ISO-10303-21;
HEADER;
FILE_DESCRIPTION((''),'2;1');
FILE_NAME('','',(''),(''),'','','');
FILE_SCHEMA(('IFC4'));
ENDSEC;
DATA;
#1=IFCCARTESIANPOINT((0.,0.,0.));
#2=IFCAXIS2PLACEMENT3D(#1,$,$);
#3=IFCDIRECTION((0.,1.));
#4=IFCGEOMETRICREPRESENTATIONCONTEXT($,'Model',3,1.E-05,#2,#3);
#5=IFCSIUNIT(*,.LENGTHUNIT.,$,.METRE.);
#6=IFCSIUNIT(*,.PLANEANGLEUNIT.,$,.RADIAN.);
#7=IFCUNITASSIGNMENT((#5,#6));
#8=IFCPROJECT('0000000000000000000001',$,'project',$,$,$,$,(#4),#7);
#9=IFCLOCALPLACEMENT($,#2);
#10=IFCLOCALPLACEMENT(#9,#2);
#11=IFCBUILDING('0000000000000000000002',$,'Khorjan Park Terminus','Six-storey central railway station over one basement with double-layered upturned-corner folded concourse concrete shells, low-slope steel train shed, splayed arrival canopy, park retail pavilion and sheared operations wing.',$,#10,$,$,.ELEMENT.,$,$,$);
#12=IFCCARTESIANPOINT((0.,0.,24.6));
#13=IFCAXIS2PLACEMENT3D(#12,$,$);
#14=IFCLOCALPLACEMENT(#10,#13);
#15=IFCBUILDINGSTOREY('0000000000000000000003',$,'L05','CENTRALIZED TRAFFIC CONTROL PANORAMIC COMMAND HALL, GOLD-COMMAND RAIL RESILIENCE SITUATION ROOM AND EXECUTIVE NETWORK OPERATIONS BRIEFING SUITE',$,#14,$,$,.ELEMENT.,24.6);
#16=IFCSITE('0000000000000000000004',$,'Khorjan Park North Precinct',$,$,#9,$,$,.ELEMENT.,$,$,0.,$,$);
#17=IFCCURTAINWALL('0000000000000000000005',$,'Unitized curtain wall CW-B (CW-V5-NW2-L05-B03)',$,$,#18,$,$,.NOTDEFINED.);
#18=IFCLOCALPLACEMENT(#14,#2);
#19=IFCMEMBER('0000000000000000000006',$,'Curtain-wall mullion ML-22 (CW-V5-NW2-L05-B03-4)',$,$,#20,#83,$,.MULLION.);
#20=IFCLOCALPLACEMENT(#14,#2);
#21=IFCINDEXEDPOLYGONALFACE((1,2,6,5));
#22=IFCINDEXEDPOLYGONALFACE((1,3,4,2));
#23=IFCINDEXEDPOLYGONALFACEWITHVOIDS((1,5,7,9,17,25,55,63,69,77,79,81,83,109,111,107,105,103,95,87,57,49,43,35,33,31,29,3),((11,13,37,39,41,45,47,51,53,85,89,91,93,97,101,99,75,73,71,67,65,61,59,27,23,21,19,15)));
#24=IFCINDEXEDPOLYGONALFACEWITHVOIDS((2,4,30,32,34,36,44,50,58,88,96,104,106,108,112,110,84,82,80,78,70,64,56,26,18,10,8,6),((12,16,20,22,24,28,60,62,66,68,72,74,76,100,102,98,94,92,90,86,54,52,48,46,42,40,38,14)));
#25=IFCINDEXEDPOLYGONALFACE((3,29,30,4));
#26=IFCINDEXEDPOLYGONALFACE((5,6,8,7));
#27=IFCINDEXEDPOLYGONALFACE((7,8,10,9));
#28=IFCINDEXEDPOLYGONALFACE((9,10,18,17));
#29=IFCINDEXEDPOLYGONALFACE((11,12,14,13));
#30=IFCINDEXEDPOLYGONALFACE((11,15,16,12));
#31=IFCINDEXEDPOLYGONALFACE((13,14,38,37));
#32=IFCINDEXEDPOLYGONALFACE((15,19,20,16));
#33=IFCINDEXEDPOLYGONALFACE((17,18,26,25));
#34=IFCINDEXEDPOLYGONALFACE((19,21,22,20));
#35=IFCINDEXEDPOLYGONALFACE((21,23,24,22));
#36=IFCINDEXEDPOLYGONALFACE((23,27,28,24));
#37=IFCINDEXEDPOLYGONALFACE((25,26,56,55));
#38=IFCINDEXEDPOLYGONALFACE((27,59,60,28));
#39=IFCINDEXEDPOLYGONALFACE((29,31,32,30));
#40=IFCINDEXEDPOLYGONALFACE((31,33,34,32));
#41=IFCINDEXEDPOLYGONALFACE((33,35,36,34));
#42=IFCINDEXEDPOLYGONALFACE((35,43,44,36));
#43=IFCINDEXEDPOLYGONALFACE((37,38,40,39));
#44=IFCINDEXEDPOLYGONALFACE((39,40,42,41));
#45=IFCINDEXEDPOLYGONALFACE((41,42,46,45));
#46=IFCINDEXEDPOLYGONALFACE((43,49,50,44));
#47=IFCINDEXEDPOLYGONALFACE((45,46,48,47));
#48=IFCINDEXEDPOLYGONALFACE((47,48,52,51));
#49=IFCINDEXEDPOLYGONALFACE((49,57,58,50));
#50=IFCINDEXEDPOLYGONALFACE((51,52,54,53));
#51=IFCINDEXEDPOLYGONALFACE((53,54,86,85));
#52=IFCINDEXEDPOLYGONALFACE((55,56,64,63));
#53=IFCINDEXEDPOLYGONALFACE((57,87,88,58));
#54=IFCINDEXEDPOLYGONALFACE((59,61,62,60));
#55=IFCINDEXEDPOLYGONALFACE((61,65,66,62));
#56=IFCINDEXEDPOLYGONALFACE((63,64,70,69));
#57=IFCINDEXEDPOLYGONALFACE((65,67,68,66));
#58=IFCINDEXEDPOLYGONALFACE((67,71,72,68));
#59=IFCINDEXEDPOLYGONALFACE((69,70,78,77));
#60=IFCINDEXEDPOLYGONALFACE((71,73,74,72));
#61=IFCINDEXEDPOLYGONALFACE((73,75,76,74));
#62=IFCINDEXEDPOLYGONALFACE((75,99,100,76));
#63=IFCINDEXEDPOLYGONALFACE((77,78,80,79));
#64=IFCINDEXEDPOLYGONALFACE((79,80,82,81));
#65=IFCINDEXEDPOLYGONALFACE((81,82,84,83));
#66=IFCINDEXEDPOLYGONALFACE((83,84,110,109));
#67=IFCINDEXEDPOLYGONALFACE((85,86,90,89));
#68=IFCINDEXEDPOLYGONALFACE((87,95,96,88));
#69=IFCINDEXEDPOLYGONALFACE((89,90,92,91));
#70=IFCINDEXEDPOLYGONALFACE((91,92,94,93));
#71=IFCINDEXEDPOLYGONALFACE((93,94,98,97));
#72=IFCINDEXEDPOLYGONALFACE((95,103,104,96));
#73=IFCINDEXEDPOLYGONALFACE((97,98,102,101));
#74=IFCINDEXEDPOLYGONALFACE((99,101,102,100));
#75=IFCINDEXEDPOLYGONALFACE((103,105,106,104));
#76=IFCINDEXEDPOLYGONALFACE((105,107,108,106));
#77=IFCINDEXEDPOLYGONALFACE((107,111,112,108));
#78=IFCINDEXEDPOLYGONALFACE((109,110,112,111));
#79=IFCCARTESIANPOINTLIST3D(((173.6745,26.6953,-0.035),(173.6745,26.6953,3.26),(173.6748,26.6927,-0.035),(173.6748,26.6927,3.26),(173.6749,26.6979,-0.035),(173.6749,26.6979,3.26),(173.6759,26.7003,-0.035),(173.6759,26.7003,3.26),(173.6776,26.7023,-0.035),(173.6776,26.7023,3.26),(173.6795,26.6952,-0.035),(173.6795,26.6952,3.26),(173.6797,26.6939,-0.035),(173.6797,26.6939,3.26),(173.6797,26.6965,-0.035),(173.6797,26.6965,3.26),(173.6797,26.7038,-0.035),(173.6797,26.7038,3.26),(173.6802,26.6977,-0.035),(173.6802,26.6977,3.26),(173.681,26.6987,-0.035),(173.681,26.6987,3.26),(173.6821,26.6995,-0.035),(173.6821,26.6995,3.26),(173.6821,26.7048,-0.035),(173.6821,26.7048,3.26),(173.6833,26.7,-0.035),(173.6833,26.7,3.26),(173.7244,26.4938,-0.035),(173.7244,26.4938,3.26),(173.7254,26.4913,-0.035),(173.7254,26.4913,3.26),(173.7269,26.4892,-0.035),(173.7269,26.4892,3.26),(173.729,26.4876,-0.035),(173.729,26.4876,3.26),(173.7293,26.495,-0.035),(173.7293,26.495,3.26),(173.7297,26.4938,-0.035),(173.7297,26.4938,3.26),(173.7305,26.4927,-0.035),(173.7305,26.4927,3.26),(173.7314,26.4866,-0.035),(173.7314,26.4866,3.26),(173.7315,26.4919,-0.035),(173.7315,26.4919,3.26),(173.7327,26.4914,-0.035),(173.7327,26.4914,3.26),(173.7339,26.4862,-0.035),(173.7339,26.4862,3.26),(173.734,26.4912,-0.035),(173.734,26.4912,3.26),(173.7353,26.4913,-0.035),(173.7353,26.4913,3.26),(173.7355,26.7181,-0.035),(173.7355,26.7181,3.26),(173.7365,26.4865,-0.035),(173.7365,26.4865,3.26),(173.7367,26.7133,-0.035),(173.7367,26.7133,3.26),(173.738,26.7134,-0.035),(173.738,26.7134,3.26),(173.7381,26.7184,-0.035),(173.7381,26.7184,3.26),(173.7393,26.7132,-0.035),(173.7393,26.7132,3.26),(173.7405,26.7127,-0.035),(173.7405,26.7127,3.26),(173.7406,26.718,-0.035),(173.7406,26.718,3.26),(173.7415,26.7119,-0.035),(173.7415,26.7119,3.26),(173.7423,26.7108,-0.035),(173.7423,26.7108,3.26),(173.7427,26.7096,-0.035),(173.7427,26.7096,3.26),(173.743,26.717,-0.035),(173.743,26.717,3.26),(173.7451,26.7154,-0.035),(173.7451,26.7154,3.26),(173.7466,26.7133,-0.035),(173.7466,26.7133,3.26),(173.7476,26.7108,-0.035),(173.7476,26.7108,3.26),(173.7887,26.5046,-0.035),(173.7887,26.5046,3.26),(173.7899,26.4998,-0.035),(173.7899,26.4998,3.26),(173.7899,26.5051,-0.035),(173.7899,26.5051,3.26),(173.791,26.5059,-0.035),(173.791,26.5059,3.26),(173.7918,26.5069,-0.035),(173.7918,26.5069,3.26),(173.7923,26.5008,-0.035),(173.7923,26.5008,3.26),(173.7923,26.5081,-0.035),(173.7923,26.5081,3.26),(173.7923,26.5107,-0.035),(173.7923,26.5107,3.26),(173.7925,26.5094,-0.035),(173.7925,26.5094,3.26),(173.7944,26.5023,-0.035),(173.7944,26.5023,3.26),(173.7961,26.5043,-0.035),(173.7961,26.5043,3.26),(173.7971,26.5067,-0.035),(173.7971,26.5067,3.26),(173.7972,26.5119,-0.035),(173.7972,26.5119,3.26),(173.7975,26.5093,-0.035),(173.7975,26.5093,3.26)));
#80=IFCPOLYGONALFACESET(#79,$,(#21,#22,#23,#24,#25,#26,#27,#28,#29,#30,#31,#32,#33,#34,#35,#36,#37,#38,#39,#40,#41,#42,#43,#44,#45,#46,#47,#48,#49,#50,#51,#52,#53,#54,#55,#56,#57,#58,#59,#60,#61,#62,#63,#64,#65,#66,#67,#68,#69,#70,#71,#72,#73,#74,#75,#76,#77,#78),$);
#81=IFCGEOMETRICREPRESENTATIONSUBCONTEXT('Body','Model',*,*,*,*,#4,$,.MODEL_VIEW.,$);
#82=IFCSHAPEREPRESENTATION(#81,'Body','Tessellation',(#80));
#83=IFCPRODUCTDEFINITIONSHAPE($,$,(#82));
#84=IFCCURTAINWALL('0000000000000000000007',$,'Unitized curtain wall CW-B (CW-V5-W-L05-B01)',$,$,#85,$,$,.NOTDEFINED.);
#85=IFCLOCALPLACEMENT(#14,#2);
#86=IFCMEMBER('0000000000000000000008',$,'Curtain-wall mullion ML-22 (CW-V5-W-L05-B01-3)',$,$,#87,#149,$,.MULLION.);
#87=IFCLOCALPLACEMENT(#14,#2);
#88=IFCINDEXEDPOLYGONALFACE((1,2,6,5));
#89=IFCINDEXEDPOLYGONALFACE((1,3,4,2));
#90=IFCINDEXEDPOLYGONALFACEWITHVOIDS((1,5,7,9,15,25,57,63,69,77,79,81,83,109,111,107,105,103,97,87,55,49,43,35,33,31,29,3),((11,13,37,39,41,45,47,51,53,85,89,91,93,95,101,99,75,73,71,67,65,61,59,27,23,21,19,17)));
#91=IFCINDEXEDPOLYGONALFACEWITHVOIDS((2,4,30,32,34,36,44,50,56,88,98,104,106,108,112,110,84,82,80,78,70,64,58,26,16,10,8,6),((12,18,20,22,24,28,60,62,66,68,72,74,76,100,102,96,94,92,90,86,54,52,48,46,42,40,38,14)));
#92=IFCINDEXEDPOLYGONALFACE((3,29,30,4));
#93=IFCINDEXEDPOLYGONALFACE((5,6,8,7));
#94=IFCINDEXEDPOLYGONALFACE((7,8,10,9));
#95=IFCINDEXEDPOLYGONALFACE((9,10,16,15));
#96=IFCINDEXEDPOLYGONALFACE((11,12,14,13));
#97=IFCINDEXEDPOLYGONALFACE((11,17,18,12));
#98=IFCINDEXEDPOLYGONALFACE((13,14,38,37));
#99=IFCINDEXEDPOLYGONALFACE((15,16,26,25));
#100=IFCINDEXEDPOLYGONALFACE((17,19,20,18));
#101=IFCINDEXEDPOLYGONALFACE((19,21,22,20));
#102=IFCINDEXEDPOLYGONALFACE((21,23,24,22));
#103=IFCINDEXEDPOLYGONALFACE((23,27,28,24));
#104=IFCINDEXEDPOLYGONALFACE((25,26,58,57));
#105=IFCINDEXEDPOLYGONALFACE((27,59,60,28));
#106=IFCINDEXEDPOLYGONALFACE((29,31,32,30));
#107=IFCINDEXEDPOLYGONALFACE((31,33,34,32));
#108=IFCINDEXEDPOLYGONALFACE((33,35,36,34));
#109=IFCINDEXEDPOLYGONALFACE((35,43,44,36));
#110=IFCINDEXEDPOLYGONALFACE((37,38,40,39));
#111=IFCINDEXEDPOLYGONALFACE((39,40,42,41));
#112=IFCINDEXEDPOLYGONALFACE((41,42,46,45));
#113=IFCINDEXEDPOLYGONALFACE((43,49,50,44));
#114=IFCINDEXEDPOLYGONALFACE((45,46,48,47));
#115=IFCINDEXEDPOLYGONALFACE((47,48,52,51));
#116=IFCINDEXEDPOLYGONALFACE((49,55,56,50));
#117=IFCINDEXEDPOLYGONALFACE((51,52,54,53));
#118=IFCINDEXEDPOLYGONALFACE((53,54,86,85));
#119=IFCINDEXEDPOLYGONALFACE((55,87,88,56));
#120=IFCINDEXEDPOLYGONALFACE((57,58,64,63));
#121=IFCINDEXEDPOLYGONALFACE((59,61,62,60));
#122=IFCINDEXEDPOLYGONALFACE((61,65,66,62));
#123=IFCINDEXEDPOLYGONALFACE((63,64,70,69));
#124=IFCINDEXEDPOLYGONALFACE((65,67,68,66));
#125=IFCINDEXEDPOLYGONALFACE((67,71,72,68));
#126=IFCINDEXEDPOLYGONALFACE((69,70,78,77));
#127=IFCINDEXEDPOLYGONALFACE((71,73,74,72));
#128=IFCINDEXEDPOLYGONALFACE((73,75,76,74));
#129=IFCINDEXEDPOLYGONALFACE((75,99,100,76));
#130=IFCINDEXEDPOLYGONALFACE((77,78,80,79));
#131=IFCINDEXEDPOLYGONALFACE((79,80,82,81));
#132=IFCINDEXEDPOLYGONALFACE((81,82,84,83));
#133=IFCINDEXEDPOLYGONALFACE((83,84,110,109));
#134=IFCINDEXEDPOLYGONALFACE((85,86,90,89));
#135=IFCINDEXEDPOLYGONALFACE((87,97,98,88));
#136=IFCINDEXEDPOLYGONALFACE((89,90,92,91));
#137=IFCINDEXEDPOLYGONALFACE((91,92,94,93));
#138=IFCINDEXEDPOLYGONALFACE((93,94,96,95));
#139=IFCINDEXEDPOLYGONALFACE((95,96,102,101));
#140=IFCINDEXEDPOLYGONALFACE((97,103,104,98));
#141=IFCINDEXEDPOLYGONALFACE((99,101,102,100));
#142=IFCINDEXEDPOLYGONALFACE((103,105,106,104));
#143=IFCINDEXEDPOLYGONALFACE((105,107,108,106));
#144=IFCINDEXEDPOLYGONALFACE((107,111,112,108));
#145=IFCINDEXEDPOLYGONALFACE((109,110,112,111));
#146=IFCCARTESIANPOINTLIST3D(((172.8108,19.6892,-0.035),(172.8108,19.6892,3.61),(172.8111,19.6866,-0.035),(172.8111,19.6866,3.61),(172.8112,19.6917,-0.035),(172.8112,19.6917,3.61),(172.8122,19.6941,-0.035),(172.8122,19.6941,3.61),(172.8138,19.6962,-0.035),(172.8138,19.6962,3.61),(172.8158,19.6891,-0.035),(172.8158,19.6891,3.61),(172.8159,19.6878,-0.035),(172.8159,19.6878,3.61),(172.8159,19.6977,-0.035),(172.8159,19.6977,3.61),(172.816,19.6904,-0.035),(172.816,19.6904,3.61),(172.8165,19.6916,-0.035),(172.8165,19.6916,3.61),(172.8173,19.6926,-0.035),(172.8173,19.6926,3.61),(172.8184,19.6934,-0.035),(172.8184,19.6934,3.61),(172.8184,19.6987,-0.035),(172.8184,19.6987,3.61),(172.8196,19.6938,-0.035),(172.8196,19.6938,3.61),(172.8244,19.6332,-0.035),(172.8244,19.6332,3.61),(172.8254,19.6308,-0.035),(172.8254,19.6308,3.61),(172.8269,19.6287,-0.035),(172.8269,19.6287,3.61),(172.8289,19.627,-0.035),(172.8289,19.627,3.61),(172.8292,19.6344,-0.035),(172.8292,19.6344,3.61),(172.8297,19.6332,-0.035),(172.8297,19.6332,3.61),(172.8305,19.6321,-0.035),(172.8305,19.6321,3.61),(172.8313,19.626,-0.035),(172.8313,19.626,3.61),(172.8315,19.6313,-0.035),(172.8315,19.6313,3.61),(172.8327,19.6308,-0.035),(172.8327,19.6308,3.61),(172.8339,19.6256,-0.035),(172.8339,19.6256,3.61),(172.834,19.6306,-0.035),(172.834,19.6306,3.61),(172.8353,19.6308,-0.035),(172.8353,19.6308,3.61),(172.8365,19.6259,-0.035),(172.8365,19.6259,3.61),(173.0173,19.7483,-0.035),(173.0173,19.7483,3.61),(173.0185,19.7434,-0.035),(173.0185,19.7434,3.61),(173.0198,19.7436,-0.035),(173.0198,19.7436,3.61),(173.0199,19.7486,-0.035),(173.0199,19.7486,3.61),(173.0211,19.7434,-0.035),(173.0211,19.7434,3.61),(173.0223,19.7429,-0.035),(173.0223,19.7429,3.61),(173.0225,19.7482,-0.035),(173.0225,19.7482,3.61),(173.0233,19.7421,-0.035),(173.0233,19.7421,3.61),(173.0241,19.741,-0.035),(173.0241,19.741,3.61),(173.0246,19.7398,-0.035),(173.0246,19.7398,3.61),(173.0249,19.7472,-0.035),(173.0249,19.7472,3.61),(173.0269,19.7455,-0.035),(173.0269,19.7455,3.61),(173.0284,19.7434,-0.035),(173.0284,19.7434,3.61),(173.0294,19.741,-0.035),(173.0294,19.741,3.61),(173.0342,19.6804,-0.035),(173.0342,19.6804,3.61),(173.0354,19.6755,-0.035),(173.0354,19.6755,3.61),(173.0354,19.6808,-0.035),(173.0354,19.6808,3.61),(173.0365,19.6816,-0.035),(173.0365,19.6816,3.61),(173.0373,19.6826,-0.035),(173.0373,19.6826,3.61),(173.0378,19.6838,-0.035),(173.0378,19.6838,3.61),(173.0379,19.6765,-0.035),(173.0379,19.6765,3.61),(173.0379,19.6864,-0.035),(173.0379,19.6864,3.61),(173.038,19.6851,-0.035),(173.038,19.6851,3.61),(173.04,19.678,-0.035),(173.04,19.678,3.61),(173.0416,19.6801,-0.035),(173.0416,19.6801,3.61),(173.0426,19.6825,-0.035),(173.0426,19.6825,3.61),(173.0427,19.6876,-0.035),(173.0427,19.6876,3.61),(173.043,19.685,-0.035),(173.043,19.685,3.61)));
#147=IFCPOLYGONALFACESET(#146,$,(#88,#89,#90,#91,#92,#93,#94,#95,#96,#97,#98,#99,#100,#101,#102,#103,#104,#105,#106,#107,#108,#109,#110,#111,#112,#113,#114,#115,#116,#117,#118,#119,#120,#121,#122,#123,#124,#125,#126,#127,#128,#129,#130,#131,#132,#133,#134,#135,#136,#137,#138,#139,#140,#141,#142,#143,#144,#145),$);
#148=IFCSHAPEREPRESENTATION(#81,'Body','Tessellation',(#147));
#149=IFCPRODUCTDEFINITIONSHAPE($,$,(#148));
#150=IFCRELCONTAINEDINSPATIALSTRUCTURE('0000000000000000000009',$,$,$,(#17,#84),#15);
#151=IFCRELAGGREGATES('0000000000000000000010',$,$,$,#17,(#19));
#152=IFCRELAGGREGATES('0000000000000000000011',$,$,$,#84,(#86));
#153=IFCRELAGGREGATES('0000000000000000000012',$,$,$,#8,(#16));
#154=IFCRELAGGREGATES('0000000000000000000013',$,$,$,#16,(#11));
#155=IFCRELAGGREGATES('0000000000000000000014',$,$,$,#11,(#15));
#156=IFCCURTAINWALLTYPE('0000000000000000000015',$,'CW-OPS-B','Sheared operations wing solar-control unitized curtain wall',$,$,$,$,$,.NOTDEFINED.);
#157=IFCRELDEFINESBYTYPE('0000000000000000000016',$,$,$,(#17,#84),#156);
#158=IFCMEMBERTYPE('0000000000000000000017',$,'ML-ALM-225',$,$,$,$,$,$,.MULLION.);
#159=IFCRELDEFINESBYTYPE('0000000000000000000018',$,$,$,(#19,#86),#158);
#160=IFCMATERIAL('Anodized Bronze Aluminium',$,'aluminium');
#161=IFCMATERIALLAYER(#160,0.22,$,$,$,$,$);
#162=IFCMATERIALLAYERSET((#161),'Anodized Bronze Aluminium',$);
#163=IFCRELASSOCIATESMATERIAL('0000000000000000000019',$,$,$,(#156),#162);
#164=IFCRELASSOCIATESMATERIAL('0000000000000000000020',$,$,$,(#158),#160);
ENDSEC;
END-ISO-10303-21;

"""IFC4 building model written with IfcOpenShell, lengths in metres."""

from ifc_helpers import new_model, si_unit, direction, frame, origin, origin_2d, place, context, subcontext, project, spatial, hollow_rectangle, extrude, material, layer, layer_set, material_profile, profile_set, type_object, element, aggregate, save


model = new_model("IFC4")

# Units and contexts
model_context = context("Model", 3, precision=1e-05, world=origin(), true_north=direction((0.0, 1.0)))
body_context = subcontext(model_context, "Body", "Model", "MODEL_VIEW")
ifc_project = project(units=[si_unit("LENGTHUNIT", "METRE"), si_unit("PLANEANGLEUNIT", "RADIAN")], contexts=[model_context])

# Site, building, storey
site_placement = place(None, origin())
site = spatial("IfcSite", under=ifc_project, at=site_placement, Name="Khorjan Park North Precinct", CompositionType="ELEMENT", RefElevation=0.0)
building_placement = place(site_placement, origin())
building = spatial("IfcBuilding", under=site, at=building_placement, Name="Khorjan Park Terminus", Description="Six-storey central railway station over one basement with double-layered upturned-corner folded concourse concrete shells, low-slope steel train shed, splayed arrival canopy, park retail pavilion and sheared operations wing.", CompositionType="ELEMENT")
storey_placement = place(building_placement, frame((0.0, 0.0, 24.6)))
storey = spatial("IfcBuildingStorey", under=building, at=storey_placement, Name="L05", Description="CENTRALIZED TRAFFIC CONTROL PANORAMIC COMMAND HALL, GOLD-COMMAND RAIL RESILIENCE SITUATION ROOM AND EXECUTIVE NETWORK OPERATIONS BRIEFING SUITE", CompositionType="ELEMENT", Elevation=24.6)

# Curtain wall, member
ifc_material_1 = material(Name="Anodized Bronze Aluminium", Category="aluminium")
ifc_layer_1 = layer(ifc_material_1, 0.22)
ifc_layer_set_1 = layer_set([ifc_layer_1], Name="Anodized Bronze Aluminium")
curtain_wall_type = type_object("IfcCurtainWallType", Name="CW-OPS-B", Description="Sheared operations wing solar-control unitized curtain wall", PredefinedType="NOTDEFINED", material=ifc_layer_set_1)
curtain_wall_1_placement = place(storey_placement, origin())
curtain_wall_1 = element("IfcCurtainWall", 1, at=curtain_wall_1_placement, inside=storey, type_object=curtain_wall_type, Name="Unitized curtain wall CW-B (CW-V5-NW2-L05-B03)", PredefinedType="NOTDEFINED")
ifc_material_profile_1 = material_profile(ifc_material_1, hollow_rectangle(XDim=0.075, YDim=0.225, WallThickness=0.005, InnerFilletRadius=0.005, OuterFilletRadius=0.01, at=origin_2d()), Name="ALM 75x225x5")
ifc_profile_set_1 = profile_set([ifc_material_profile_1], Name="Anodized Bronze Aluminium")
member_type_1 = type_object("IfcMemberType", Name="ML-ALM-225", PredefinedType="MULLION", material=ifc_profile_set_1)
member_1_placement = place(storey_placement, frame((173.736, 26.6023, -0.035), z_axis=(0.0, 0.0, 1.0), x_axis=(-0.970296, -0.241921, 0.0)))
member_1 = element("IfcMember", 2, at=member_1_placement, type_object=member_type_1, Name="Curtain-wall mullion ML-22 (CW-V5-NW2-L05-B03-4)", PredefinedType="MULLION", context=body_context, shape_type="SweptSolid", body=[
    extrude(hollow_rectangle(XDim=0.075, YDim=0.225, WallThickness=0.005, InnerFilletRadius=0.005, OuterFilletRadius=0.01, at=origin_2d()), origin(), (0.0, 0.0, 1.0), 3.295),
])

# Curtain wall, member
curtain_wall_2_placement = place(storey_placement, origin())
curtain_wall_2 = element("IfcCurtainWall", 3, at=curtain_wall_2_placement, inside=storey, type_object=curtain_wall_type, Name="Unitized curtain wall CW-B (CW-V5-W-L05-B01)", PredefinedType="NOTDEFINED")
member_2_placement = place(storey_placement, frame((172.9269, 19.6871, -0.035), z_axis=(0.0, 0.0, 1.0), x_axis=(0.241928, -0.970294, 0.0)))
member_2 = element("IfcMember", 4, at=member_2_placement, type_object=member_type_1, Name="Curtain-wall mullion ML-22 (CW-V5-W-L05-B01-3)", PredefinedType="MULLION", context=body_context, shape_type="SweptSolid", body=[
    extrude(hollow_rectangle(XDim=0.075, YDim=0.225, WallThickness=0.005, InnerFilletRadius=0.005, OuterFilletRadius=0.01, at=origin_2d()), origin(), (0.0, 0.0, 1.0), 3.645),
])

aggregate(curtain_wall_1, [member_1])
aggregate(curtain_wall_2, [member_2])

save(model, "model.ifc")
